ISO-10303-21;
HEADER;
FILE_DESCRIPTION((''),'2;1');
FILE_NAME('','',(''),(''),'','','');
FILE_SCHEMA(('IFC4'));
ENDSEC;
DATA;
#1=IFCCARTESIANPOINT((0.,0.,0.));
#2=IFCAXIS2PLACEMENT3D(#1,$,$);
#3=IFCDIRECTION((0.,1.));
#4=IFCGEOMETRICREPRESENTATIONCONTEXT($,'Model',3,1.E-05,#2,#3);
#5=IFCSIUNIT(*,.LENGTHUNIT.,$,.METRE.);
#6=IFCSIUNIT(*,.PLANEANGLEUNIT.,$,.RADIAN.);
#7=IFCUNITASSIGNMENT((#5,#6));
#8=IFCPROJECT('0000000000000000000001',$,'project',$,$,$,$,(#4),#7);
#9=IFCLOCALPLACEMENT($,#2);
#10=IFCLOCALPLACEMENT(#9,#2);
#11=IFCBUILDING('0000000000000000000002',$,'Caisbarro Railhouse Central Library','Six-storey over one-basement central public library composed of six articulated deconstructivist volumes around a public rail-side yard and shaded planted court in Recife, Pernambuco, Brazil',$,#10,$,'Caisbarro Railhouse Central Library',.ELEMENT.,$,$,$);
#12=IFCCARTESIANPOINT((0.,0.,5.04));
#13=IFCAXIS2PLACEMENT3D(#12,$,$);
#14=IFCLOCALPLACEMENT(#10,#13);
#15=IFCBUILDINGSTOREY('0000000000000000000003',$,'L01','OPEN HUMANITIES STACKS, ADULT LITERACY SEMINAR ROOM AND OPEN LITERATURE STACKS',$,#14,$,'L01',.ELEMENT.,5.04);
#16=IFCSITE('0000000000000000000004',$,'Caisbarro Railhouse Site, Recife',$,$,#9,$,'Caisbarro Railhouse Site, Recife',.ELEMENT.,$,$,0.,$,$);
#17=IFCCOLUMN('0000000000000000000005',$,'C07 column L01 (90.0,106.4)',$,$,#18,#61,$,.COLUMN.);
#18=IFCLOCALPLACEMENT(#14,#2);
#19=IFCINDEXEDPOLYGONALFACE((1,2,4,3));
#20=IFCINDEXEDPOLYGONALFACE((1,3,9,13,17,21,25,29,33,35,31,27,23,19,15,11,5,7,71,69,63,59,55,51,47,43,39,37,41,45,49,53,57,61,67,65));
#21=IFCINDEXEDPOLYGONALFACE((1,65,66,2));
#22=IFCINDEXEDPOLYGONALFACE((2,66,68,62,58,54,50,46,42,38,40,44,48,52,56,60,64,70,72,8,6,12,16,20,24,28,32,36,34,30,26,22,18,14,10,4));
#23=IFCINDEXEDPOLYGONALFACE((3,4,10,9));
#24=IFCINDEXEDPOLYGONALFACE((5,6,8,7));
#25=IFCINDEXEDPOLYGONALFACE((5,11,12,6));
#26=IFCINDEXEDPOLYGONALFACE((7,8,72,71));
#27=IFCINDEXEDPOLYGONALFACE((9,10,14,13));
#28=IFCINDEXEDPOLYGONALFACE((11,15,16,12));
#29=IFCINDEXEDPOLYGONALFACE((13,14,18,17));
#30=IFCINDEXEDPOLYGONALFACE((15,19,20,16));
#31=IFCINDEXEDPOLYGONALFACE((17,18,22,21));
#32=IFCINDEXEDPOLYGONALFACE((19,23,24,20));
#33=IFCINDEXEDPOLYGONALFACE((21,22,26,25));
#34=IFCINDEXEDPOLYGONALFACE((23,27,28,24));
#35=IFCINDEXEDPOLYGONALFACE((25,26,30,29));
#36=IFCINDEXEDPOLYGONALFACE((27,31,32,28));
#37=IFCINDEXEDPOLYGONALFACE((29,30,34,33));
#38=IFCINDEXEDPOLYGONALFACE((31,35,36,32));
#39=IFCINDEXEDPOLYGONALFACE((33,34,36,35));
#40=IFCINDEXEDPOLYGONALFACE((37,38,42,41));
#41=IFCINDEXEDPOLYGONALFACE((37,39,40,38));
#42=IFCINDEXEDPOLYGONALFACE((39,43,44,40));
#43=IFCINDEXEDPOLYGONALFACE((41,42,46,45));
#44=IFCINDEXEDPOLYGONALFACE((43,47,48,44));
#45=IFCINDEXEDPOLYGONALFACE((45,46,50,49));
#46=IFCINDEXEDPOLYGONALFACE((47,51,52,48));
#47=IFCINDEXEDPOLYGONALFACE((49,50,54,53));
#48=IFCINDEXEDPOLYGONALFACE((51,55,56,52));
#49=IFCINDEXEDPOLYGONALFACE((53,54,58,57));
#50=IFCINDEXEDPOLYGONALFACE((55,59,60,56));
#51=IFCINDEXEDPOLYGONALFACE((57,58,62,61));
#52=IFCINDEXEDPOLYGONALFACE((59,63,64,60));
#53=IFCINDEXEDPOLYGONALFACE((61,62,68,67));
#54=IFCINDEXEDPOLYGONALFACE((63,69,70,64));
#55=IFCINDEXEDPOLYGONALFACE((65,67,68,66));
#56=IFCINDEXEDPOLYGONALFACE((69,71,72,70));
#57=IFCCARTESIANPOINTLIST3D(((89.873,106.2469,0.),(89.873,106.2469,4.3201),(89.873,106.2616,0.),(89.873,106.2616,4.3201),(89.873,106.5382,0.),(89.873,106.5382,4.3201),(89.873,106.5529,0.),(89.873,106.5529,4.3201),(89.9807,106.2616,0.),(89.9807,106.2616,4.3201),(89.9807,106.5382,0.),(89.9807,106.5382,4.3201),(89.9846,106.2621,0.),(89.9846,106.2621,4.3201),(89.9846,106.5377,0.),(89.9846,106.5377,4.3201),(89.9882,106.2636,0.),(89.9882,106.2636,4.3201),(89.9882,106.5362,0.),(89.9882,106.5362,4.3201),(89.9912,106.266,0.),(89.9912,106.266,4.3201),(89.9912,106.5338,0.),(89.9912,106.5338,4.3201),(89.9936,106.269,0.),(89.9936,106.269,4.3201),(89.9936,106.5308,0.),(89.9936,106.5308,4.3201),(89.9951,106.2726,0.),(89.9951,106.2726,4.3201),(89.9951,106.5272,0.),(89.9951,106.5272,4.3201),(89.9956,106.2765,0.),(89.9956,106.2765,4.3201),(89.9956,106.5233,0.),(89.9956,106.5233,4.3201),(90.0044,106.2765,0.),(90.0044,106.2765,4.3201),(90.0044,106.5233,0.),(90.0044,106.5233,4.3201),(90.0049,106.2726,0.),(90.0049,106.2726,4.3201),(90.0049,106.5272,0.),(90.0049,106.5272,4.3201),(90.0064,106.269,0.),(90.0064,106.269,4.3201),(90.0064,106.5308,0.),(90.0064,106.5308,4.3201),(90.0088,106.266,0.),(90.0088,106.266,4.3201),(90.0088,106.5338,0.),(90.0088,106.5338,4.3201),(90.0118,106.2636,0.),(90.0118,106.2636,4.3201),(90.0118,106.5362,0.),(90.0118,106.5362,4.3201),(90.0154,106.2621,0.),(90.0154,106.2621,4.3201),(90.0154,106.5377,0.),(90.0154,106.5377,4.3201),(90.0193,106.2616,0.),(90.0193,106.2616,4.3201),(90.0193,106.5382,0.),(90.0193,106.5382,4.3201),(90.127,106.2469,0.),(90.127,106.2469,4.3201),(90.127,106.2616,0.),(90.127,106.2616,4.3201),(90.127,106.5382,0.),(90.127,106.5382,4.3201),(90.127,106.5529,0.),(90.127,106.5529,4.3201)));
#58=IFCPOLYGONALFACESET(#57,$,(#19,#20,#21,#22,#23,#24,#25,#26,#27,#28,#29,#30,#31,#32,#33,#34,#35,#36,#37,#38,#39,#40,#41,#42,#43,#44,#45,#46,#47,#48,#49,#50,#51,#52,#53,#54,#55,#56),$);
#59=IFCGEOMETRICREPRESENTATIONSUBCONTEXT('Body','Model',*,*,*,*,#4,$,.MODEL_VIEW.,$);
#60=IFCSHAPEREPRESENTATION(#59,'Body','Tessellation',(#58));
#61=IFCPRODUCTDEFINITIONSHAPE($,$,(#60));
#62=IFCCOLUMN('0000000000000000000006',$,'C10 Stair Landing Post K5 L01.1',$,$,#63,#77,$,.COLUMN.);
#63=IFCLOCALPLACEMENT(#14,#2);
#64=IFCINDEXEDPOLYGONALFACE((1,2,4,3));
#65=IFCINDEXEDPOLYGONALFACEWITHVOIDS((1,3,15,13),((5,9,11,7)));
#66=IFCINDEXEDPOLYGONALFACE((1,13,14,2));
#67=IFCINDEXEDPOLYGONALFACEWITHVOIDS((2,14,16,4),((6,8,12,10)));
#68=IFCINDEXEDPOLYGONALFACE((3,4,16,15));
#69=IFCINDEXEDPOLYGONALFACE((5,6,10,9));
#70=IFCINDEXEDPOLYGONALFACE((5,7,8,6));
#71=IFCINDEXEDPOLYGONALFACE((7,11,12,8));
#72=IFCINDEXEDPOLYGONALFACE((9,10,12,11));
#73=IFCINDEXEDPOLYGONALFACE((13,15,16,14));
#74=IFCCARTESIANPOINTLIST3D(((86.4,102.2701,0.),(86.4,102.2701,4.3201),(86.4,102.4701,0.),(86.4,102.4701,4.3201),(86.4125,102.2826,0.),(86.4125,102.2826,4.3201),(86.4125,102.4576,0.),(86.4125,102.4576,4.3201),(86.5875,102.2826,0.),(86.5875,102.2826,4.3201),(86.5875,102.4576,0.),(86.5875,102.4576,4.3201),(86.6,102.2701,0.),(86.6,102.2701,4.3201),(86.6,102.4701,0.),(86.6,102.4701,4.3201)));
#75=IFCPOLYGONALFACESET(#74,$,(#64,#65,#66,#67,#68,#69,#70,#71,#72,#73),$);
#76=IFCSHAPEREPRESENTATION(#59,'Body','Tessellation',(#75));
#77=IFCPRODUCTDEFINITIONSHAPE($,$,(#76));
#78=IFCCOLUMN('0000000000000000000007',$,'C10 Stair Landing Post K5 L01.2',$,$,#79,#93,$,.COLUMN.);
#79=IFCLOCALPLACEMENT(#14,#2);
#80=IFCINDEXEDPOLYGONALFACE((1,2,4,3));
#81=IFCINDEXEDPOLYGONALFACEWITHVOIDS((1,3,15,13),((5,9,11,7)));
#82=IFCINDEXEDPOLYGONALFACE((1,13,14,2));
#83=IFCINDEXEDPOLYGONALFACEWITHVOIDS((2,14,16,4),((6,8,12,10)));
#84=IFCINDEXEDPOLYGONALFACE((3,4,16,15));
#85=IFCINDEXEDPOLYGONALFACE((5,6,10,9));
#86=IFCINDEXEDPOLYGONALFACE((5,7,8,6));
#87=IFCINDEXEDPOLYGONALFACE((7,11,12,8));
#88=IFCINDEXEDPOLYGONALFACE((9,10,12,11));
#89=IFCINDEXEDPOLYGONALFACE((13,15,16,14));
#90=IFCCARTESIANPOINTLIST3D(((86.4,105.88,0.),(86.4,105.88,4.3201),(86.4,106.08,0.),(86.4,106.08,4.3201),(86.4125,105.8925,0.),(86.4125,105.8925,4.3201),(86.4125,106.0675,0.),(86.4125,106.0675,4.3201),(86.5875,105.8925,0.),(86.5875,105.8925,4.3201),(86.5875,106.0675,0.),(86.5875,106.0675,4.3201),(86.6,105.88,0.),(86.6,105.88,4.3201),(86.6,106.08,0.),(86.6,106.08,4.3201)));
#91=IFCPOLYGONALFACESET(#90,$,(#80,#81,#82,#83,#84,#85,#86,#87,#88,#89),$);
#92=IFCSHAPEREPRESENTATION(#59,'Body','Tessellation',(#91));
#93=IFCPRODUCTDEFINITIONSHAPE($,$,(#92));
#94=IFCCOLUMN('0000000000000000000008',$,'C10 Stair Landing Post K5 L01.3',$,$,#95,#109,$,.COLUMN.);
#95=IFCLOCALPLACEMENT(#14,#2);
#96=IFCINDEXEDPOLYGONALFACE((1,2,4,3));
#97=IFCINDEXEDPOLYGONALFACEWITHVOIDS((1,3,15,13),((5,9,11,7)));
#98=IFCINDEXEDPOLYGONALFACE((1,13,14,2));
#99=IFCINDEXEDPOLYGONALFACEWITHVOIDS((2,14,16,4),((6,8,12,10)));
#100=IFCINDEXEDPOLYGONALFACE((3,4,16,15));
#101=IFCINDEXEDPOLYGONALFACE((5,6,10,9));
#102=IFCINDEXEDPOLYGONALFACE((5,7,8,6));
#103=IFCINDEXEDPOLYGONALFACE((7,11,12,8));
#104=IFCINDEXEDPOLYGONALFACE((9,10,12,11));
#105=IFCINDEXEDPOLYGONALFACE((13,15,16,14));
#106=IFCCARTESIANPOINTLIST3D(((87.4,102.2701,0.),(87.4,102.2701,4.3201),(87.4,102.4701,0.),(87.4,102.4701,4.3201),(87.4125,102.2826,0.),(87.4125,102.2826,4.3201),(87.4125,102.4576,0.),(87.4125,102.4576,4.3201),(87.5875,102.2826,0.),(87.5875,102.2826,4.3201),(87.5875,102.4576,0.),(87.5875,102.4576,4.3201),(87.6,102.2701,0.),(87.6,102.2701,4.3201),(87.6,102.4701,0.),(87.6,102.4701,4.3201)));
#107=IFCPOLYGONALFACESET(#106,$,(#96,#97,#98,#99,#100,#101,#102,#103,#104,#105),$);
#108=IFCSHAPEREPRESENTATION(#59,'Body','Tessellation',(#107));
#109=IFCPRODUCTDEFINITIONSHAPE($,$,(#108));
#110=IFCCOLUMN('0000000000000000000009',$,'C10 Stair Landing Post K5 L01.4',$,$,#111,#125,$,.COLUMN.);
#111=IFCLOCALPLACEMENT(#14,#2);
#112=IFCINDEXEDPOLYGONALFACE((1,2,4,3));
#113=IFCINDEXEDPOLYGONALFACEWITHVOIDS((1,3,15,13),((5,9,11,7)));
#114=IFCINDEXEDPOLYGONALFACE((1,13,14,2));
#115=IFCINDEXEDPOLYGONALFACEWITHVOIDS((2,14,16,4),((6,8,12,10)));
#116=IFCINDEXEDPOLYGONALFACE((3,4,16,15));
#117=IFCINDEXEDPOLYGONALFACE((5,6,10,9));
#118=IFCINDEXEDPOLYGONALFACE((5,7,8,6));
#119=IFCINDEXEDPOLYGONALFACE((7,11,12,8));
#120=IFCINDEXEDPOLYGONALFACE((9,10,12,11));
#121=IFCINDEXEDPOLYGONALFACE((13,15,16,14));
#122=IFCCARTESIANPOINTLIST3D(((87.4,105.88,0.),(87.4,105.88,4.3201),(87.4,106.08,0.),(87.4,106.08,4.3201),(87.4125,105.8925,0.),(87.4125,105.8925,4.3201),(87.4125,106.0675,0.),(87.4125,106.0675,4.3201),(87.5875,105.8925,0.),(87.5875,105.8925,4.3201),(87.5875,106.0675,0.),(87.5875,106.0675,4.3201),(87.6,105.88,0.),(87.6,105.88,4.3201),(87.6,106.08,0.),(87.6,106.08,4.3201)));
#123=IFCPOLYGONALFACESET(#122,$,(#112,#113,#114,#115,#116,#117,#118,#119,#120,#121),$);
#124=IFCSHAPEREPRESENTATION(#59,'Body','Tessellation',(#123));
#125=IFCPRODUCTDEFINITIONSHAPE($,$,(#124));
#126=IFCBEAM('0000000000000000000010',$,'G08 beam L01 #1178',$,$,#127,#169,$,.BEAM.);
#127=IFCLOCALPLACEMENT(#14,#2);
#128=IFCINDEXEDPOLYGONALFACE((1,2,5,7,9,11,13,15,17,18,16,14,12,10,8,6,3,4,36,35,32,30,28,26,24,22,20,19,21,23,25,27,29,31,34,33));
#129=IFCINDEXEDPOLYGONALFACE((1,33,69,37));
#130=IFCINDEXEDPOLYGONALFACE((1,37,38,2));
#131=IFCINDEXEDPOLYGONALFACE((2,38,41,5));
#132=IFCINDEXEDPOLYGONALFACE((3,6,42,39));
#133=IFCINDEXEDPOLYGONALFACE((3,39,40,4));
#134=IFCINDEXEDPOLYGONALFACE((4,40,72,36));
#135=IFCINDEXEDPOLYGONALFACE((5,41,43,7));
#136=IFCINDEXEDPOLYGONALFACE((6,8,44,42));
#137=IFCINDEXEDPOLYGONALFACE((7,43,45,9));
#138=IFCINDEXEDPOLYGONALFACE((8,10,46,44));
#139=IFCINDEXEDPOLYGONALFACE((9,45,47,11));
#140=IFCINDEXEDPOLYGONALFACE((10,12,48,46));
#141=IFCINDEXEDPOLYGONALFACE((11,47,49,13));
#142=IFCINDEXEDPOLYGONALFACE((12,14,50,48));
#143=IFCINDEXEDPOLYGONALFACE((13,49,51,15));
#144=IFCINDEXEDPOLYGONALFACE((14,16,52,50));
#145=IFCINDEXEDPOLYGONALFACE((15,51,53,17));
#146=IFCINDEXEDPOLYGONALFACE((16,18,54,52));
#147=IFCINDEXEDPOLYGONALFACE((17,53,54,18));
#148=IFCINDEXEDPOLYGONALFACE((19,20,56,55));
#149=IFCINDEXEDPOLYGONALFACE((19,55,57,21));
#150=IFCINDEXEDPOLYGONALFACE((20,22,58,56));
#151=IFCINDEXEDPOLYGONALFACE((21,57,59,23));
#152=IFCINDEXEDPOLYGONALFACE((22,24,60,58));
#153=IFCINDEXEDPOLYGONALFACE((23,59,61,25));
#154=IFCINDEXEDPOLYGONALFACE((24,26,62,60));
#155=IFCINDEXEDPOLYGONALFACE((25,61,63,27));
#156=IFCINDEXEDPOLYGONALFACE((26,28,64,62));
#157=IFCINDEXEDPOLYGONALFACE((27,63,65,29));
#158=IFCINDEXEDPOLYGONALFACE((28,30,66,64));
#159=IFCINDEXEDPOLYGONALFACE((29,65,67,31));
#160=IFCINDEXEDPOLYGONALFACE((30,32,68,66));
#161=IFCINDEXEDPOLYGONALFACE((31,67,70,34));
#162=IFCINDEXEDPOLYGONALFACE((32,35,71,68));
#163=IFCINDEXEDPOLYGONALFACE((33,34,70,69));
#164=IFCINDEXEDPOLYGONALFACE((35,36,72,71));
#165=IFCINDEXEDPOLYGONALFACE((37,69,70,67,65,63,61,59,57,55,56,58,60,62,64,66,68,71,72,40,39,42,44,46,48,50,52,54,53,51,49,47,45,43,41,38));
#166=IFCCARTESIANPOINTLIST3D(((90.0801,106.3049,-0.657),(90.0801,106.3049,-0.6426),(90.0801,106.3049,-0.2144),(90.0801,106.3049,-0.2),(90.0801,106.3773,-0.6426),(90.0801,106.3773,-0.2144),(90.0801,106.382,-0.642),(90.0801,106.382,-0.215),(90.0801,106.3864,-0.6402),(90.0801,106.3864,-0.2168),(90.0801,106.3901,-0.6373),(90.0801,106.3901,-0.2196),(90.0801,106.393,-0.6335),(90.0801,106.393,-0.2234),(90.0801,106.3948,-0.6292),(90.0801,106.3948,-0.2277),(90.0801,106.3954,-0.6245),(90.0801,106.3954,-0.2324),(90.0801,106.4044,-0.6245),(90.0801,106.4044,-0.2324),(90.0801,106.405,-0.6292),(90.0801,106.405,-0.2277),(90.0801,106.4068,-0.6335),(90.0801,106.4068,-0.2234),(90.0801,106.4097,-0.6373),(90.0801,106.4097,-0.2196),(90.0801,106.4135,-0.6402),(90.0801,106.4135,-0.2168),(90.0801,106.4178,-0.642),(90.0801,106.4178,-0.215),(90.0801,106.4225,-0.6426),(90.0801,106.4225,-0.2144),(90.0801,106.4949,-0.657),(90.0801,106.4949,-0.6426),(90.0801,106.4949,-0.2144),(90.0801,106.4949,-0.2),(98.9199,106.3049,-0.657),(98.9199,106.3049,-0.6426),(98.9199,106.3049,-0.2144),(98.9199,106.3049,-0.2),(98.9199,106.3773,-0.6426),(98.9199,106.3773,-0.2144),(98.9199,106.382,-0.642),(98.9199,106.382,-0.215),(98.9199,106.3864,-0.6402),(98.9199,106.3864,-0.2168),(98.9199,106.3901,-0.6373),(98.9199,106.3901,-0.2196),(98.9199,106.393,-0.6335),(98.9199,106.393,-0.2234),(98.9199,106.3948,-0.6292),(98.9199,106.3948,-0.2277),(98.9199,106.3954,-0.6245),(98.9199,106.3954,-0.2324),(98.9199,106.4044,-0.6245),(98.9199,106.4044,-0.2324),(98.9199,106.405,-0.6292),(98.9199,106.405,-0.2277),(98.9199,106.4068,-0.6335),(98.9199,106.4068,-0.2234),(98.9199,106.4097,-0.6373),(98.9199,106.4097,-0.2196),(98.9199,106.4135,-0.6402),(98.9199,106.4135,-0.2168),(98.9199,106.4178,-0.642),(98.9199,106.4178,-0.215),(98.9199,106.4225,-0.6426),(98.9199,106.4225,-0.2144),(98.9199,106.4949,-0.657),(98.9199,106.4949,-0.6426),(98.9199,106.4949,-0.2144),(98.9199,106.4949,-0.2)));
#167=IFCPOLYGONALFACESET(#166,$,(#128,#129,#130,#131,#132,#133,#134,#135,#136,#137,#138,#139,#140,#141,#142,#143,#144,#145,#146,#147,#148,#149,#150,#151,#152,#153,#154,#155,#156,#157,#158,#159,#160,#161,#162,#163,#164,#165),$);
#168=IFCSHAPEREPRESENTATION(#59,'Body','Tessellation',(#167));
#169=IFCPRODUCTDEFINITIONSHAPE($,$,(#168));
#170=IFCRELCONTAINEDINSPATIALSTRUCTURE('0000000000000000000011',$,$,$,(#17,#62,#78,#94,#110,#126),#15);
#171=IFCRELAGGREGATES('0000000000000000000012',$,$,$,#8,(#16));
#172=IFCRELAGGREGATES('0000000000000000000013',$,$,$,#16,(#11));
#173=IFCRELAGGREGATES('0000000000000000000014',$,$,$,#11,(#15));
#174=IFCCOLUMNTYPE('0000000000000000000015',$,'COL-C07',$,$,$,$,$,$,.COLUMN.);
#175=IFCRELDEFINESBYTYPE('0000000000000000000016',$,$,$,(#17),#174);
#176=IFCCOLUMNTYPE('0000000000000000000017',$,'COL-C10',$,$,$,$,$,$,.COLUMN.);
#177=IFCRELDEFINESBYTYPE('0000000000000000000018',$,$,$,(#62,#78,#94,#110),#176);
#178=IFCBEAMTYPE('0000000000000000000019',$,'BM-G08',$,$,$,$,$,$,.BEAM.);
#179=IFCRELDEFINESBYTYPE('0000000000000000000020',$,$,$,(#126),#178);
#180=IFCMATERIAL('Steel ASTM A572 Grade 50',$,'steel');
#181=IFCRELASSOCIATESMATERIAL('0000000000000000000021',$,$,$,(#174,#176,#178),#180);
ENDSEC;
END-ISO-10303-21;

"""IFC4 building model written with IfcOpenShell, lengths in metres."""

from ifc_helpers import new_model, si_unit, direction, frame, origin, origin_2d, place, context, subcontext, project, spatial, hollow_rectangle, i_section, extrude, material, material_profile, profile_set, type_object, element, save


model = new_model("IFC4")

# Units and contexts
model_context = context("Model", 3, precision=1e-05, world=origin(), true_north=direction((0.0, 1.0)))
body_context = subcontext(model_context, "Body", "Model", "MODEL_VIEW")
ifc_project = project(units=[si_unit("LENGTHUNIT", "METRE"), si_unit("PLANEANGLEUNIT", "RADIAN")], contexts=[model_context])

# Site, building, storey
site_placement = place(None, origin())
site = spatial("IfcSite", under=ifc_project, at=site_placement, Name="Caisbarro Railhouse Site, Recife", LongName="Caisbarro Railhouse Site, Recife", CompositionType="ELEMENT", RefElevation=0.0)
building_placement = place(site_placement, origin())
building = spatial("IfcBuilding", under=site, at=building_placement, Name="Caisbarro Railhouse Central Library", Description="Six-storey over one-basement central public library composed of six articulated deconstructivist volumes around a public rail-side yard and shaded planted court in Recife, Pernambuco, Brazil", LongName="Caisbarro Railhouse Central Library", CompositionType="ELEMENT")
storey_placement = place(building_placement, frame((0.0, 0.0, 5.04)))
storey = spatial("IfcBuildingStorey", under=building, at=storey_placement, Name="L01", Description="OPEN HUMANITIES STACKS, ADULT LITERACY SEMINAR ROOM AND OPEN LITERATURE STACKS", LongName="L01", CompositionType="ELEMENT", Elevation=5.04)

# Columns
ifc_material_1 = material(Name="Steel ASTM A572 Grade 50", Category="steel")
ifc_material_profile_1 = material_profile(ifc_material_1, i_section(OverallWidth=0.2539, OverallDepth=0.3059, WebThickness=0.0088, FlangeThickness=0.0146, FilletRadius=0.0149, at=origin_2d()), Name="W310X79.0")
ifc_profile_set_1 = profile_set([ifc_material_profile_1], Name="Steel ASTM A572 Grade 50")
column_type_1 = type_object("IfcColumnType", Name="COL-C07", PredefinedType="COLUMN", material=ifc_profile_set_1)
column_placement = place(storey_placement, frame((90.0, 106.3999, 0.0), z_axis=(0.0, 0.0, 1.0), x_axis=(1.0, 0.0, 0.0)))
element("IfcColumn", 1, at=column_placement, inside=storey, type_object=column_type_1, Name="C07 column L01 (90.0,106.4)", PredefinedType="COLUMN", context=body_context, shape_type="SweptSolid", body=[
    extrude(i_section(OverallWidth=0.2539, OverallDepth=0.3059, WebThickness=0.0088, FlangeThickness=0.0146, FilletRadius=0.0149, at=origin_2d()), origin(), (0.0, 0.0, 1.0), 4.3201),
])
ifc_material_profile_2 = material_profile(ifc_material_1, hollow_rectangle(XDim=0.2, YDim=0.2, WallThickness=0.0125, at=origin_2d()), Name="HSS200X200X12.5")
ifc_profile_set_2 = profile_set([ifc_material_profile_2], Name="Steel ASTM A572 Grade 50")
column_type_2 = type_object("IfcColumnType", Name="COL-C10", PredefinedType="COLUMN", material=ifc_profile_set_2)
for number, where, z_axis, x_axis, name in (
    (2, (86.5, 102.3701, 0.0), (0.0, 0.0, 1.0), (1.0, 0.0, 0.0), "C10 Stair Landing Post K5 L01.1"),
    (3, (86.5, 105.98, 0.0), (0.0, 0.0, 1.0), (1.0, 0.0, 0.0), "C10 Stair Landing Post K5 L01.2"),
    (4, (87.5, 102.3701, 0.0), (0.0, 0.0, 1.0), (1.0, 0.0, 0.0), "C10 Stair Landing Post K5 L01.3"),
    (5, (87.5, 105.98, 0.0), (0.0, 0.0, 1.0), (1.0, 0.0, 0.0), "C10 Stair Landing Post K5 L01.4"),
):
    element("IfcColumn", number, at=place(storey_placement, frame(where, z_axis=z_axis, x_axis=x_axis)), inside=storey, type_object=column_type_2, Name=name, PredefinedType="COLUMN", context=body_context, shape_type="SweptSolid", body=[
        extrude(hollow_rectangle(XDim=0.2, YDim=0.2, WallThickness=0.0125, at=origin_2d()), origin(), (0.0, 0.0, 1.0), 4.3201),
    ])

# Beam
ifc_material_profile_3 = material_profile(ifc_material_1, i_section(OverallWidth=0.1899, OverallDepth=0.457, WebThickness=0.009, FlangeThickness=0.0144, FilletRadius=0.0181, at=origin_2d()), Name="W460X74.0")
ifc_profile_set_3 = profile_set([ifc_material_profile_3], Name="Steel ASTM A572 Grade 50")
beam_type_1 = type_object("IfcBeamType", Name="BM-G08", PredefinedType="BEAM", material=ifc_profile_set_3)
beam_1_placement = place(storey_placement, frame((90.0801, 106.3999, -0.4285), z_axis=(1.0, 0.0, 0.0), x_axis=(0.0, 1.0, 0.0)))
element("IfcBeam", 6, at=beam_1_placement, inside=storey, type_object=beam_type_1, Name="G08 beam L01 #1178", PredefinedType="BEAM", context=body_context, shape_type="SweptSolid", body=[
    extrude(i_section(OverallWidth=0.1899, OverallDepth=0.457, WebThickness=0.009, FlangeThickness=0.0144, FilletRadius=0.0181, at=origin_2d()), origin(), (0.0, 0.0, 1.0), 8.8398),
])

save(model, "model.ifc")
